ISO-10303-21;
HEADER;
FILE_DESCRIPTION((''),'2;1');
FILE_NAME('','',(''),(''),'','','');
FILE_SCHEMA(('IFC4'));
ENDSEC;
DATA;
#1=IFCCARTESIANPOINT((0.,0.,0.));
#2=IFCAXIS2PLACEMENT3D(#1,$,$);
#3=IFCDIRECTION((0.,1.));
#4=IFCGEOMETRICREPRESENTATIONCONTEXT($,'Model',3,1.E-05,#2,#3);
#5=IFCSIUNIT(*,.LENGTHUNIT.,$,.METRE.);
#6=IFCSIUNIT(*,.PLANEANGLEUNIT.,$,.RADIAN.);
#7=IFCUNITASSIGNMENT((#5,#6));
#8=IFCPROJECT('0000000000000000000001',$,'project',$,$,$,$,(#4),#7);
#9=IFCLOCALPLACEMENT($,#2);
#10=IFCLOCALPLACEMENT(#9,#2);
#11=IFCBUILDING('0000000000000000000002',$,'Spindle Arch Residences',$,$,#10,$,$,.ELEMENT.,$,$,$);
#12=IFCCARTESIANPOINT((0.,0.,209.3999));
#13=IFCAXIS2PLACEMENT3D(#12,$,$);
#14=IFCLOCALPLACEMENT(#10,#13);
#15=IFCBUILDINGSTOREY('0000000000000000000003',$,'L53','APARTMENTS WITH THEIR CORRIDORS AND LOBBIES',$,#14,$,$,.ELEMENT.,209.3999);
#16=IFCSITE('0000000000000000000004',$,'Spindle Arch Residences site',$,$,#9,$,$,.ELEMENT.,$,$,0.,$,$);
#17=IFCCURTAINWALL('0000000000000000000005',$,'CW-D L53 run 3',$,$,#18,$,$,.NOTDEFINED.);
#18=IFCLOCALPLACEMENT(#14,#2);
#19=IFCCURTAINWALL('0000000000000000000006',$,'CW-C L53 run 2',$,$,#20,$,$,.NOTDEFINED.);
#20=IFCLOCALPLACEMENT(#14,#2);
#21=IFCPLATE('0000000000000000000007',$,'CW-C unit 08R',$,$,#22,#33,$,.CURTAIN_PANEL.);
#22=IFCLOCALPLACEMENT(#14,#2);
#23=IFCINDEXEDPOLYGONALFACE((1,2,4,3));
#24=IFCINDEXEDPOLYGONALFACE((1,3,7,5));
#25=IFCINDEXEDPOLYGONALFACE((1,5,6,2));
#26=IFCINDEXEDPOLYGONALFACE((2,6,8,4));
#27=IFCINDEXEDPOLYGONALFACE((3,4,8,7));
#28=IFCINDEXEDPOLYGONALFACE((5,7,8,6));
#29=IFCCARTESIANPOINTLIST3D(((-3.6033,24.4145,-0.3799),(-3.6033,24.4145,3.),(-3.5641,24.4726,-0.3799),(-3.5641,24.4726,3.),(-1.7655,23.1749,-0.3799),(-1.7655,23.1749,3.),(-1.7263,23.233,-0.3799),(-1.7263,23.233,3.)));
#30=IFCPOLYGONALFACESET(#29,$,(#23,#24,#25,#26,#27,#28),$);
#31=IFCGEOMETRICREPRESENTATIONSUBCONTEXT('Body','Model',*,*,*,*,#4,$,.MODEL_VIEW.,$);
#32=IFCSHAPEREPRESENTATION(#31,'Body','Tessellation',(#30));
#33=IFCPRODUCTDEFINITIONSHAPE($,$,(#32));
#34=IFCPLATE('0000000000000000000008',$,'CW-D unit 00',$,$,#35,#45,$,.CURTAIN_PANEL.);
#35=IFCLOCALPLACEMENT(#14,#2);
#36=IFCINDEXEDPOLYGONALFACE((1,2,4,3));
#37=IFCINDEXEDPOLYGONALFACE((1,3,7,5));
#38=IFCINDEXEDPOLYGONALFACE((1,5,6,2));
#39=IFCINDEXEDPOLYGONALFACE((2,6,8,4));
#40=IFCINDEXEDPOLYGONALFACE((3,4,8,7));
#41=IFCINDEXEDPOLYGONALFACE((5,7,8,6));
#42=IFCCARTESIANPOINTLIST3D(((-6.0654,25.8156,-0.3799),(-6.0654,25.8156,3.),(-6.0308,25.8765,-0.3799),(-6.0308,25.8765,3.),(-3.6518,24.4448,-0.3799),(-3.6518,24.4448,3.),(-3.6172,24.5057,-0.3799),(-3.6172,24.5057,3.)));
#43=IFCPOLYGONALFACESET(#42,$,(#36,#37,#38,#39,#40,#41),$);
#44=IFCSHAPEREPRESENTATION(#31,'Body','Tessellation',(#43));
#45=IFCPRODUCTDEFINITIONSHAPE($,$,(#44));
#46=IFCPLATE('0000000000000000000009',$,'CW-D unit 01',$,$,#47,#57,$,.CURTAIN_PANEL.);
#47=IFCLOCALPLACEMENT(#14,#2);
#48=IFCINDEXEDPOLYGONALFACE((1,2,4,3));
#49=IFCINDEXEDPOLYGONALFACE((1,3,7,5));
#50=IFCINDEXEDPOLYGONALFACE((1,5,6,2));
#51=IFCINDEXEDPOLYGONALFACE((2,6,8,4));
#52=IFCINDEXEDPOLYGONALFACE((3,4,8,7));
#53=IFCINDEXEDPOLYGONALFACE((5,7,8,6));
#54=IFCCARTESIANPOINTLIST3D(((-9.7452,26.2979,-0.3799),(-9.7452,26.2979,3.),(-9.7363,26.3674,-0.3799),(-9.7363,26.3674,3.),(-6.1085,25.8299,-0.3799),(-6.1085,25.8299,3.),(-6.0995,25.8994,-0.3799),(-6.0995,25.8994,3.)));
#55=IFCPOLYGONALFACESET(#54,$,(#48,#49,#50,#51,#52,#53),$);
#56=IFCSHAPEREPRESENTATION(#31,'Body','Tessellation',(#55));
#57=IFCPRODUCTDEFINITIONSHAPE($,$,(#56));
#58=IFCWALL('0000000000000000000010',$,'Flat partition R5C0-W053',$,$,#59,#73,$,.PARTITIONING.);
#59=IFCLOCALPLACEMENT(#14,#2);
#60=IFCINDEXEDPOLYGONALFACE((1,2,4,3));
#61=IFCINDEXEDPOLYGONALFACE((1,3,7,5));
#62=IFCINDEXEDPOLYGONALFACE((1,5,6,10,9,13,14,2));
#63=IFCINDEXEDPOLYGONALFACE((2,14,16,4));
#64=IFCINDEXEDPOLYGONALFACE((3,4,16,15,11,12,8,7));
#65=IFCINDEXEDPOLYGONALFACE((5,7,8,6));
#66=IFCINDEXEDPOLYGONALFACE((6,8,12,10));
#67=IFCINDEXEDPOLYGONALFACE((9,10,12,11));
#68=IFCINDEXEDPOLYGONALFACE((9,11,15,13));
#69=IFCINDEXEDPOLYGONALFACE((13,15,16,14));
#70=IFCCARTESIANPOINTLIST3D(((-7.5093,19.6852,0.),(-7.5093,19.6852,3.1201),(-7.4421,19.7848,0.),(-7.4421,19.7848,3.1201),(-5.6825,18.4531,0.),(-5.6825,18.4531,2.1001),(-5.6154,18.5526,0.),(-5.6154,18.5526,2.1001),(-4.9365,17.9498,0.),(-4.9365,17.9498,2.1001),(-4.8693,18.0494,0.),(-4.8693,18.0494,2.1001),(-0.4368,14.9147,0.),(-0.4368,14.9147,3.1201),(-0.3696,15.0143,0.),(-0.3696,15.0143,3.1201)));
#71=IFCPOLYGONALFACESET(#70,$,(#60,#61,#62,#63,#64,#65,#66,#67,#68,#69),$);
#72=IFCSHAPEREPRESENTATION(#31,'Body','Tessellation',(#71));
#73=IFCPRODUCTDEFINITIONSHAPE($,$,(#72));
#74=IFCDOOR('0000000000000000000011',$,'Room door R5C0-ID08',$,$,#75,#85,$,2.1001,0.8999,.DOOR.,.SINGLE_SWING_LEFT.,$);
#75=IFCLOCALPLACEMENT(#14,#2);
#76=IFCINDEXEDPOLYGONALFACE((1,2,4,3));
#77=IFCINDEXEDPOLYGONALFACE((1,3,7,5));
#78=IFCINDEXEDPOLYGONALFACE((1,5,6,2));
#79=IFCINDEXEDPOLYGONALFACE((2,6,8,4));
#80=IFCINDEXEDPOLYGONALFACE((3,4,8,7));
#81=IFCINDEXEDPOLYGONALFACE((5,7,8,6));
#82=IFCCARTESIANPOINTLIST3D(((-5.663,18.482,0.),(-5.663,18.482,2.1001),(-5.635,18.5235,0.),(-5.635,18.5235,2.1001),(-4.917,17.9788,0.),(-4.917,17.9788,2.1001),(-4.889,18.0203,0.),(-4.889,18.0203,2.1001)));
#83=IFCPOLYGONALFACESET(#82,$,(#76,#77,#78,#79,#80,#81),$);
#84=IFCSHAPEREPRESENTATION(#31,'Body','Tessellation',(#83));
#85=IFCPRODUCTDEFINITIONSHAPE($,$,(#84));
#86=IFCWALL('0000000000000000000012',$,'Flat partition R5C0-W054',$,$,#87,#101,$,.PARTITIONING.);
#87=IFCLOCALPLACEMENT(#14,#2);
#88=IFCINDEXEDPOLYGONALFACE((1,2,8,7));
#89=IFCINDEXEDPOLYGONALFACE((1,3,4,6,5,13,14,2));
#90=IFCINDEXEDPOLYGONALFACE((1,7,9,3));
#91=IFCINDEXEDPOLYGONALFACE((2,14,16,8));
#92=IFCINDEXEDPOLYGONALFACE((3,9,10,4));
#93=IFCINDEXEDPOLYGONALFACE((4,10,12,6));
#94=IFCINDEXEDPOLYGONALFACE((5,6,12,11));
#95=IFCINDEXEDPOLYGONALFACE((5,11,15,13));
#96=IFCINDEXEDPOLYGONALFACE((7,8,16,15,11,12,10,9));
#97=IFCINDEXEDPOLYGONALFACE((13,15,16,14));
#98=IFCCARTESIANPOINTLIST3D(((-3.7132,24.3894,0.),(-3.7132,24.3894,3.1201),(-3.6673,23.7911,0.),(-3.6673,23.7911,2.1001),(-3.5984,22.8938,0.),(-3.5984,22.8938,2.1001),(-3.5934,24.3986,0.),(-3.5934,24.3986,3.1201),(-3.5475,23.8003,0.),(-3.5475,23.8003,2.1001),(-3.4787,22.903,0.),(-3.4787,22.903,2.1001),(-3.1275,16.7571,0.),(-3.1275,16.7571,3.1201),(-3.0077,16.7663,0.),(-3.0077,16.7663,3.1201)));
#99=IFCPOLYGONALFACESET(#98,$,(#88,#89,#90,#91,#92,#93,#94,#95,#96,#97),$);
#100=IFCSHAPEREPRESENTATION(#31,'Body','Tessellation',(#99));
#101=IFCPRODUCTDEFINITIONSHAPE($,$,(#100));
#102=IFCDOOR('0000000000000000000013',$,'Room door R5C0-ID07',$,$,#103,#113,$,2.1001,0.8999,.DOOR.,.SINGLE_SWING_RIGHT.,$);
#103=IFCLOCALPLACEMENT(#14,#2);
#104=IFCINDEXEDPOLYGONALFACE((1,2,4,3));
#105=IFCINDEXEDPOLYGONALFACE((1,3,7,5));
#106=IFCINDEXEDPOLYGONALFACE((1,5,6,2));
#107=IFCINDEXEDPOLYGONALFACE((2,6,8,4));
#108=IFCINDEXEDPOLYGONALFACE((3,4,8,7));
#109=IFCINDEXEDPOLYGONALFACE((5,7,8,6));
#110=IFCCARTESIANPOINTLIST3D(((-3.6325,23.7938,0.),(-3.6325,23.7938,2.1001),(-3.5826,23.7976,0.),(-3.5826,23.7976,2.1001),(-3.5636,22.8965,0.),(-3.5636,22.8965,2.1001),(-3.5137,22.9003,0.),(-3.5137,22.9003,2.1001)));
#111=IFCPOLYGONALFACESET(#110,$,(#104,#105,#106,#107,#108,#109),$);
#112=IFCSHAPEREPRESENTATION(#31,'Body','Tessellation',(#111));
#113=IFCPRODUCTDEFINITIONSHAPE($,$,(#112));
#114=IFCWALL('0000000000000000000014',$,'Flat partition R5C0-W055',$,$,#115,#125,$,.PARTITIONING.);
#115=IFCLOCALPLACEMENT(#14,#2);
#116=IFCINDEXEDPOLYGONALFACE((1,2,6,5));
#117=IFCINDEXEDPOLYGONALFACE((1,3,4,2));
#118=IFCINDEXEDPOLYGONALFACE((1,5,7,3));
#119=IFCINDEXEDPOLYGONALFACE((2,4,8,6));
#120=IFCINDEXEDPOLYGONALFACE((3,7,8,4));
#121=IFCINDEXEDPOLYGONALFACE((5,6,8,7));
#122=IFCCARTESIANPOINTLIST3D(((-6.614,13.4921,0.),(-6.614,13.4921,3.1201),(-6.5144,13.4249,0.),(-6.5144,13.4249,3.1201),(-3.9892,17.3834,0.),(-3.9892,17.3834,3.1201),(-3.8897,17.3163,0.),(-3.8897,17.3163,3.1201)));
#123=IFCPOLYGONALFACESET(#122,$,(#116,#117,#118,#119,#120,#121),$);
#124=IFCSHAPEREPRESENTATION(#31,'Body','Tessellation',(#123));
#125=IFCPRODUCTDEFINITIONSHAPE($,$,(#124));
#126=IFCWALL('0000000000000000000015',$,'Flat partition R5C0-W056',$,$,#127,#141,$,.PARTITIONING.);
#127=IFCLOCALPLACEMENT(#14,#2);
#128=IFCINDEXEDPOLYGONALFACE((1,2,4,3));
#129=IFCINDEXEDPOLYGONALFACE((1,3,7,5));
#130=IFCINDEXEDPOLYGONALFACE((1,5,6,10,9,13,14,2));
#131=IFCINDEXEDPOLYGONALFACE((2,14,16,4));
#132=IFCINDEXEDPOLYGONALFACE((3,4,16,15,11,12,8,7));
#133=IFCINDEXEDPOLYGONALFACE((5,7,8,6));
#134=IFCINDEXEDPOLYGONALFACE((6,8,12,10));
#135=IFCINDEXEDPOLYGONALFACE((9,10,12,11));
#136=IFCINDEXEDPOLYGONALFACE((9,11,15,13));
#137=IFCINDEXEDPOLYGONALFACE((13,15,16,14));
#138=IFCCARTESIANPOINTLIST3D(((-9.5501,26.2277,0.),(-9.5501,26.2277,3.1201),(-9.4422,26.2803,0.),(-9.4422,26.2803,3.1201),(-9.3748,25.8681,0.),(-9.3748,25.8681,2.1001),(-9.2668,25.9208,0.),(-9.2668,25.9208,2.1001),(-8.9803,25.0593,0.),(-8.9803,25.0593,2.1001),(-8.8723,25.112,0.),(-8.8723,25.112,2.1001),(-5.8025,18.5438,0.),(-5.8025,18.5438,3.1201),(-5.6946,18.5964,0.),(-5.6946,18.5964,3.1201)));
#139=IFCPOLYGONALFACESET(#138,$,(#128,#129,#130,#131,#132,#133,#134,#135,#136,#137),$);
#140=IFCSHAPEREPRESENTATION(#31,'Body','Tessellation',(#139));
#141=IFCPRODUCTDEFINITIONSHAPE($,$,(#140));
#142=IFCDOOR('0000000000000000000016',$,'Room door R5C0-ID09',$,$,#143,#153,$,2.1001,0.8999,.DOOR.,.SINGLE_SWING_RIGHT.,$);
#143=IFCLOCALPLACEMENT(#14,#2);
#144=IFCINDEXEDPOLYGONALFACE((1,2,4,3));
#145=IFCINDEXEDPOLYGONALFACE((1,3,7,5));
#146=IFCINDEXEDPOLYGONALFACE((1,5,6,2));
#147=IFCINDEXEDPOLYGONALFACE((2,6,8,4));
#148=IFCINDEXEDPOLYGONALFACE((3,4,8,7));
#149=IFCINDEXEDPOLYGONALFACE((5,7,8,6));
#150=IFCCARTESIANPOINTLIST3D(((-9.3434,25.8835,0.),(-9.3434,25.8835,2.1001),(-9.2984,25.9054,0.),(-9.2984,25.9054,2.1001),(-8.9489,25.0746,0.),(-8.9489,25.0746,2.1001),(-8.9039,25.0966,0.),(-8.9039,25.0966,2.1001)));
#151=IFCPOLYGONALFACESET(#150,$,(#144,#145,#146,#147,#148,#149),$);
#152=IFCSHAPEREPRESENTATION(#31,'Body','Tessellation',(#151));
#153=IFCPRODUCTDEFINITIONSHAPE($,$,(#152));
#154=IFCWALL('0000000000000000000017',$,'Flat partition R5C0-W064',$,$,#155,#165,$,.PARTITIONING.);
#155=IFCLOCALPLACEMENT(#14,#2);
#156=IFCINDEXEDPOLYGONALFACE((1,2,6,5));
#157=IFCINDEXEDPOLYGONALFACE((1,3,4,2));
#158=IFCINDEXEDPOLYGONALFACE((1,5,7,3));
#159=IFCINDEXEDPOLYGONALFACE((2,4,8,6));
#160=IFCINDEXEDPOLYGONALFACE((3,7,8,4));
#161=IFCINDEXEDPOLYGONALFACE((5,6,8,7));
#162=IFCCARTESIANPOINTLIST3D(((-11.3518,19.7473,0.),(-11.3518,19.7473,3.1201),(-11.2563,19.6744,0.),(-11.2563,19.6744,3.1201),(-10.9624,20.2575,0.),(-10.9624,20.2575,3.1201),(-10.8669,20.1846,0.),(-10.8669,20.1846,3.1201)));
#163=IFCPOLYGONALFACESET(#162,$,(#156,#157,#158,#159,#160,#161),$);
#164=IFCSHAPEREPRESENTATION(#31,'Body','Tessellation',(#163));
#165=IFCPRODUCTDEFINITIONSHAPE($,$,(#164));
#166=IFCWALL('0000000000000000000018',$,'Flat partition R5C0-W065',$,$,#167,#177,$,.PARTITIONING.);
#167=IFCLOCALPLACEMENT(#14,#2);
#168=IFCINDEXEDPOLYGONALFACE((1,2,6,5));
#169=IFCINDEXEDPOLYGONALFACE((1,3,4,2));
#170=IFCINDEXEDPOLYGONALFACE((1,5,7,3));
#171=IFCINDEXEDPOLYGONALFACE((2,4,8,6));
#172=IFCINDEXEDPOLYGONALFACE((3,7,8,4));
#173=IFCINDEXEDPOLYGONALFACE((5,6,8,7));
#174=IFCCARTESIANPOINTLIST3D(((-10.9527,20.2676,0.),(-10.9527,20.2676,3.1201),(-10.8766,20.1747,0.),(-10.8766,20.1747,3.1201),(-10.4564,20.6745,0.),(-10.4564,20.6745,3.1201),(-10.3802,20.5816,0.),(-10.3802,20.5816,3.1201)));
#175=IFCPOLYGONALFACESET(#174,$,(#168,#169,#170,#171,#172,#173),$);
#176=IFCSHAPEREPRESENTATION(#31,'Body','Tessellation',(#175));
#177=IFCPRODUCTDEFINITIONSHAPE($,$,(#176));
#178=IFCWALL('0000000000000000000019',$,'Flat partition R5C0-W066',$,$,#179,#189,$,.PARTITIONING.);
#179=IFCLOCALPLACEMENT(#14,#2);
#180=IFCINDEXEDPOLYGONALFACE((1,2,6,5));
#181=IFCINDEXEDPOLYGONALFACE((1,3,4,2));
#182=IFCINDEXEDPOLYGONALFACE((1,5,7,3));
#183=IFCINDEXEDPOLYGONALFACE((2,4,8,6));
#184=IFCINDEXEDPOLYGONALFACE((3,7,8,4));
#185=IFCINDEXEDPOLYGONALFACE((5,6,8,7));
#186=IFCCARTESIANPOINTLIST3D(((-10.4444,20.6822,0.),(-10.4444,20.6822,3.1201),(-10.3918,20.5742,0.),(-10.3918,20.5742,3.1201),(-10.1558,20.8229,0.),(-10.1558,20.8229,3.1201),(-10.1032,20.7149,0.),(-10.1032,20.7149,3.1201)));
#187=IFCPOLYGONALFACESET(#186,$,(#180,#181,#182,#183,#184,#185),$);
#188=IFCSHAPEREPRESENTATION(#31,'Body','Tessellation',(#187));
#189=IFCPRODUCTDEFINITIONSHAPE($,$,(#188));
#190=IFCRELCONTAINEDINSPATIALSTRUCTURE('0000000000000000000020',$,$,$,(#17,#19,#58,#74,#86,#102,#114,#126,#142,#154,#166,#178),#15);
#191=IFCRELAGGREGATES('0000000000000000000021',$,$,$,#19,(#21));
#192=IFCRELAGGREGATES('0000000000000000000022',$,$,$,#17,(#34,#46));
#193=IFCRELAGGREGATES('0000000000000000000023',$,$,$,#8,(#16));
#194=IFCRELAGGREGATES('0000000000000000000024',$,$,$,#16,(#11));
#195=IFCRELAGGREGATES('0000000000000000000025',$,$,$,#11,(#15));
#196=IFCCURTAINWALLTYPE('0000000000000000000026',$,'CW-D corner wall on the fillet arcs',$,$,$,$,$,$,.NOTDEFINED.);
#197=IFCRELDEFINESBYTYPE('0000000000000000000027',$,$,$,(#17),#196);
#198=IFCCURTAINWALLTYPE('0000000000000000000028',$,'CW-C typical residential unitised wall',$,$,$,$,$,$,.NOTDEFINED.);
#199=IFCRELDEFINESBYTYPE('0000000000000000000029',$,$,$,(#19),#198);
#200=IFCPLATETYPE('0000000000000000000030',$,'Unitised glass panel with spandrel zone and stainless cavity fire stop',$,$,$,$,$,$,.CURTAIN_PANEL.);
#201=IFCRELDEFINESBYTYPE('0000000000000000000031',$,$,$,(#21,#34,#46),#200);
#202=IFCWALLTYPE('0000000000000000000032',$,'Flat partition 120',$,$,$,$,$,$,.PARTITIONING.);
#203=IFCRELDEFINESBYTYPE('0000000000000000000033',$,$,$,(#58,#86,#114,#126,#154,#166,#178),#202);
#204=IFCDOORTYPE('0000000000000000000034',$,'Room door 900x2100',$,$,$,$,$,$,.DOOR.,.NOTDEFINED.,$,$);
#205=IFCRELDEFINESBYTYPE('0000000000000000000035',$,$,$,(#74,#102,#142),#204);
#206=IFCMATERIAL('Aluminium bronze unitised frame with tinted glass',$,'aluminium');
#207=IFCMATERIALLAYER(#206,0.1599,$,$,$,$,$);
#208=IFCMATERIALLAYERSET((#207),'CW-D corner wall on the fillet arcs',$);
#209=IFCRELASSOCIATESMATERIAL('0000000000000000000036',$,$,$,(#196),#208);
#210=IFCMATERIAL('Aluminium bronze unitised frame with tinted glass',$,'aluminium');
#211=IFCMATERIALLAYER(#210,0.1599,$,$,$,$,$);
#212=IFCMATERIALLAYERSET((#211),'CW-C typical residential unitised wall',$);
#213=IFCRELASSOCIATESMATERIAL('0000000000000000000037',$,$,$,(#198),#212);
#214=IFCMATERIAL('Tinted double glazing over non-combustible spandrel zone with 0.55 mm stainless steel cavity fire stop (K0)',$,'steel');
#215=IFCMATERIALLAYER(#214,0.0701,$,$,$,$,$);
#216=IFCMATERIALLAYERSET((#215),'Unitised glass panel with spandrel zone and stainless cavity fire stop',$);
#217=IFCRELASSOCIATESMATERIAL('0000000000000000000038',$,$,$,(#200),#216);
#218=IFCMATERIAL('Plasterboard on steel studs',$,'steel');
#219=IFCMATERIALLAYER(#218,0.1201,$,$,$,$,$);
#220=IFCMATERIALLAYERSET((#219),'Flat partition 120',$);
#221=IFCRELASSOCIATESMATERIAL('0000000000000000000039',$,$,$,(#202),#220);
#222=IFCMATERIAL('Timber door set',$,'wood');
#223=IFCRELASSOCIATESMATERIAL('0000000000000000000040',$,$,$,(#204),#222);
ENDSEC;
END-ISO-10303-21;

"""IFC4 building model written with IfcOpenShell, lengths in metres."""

from ifc_helpers import new_model, si_unit, direction, frame, frame_2d, origin, origin_2d, place, context, subcontext, project, spatial, rectangle, extrude, material, layer, layer_set, type_object, element, fill, aggregate, save


model = new_model("IFC4")

# Units and contexts
model_context = context("Model", 3, precision=1e-05, world=origin(), true_north=direction((0.0, 1.0)))
body_context = subcontext(model_context, "Body", "Model", "MODEL_VIEW")
ifc_project = project(units=[si_unit("LENGTHUNIT", "METRE"), si_unit("PLANEANGLEUNIT", "RADIAN")], contexts=[model_context])

# Site, building, storey
site_placement = place(None, origin())
site = spatial("IfcSite", under=ifc_project, at=site_placement, Name="Spindle Arch Residences site", CompositionType="ELEMENT", RefElevation=0.0)
building_placement = place(site_placement, origin())
building = spatial("IfcBuilding", under=site, at=building_placement, Name="Spindle Arch Residences", CompositionType="ELEMENT")
storey_placement = place(building_placement, frame((0.0, 0.0, 209.3999)))
storey = spatial("IfcBuildingStorey", under=building, at=storey_placement, Name="L53", Description="APARTMENTS WITH THEIR CORRIDORS AND LOBBIES", CompositionType="ELEMENT", Elevation=209.3999)

# Curtain wall
ifc_material_1 = material(Name="Aluminium bronze unitised frame with tinted glass", Category="aluminium")
ifc_layer_1 = layer(ifc_material_1, 0.1599)
ifc_layer_set_1 = layer_set([ifc_layer_1], Name="CW-D corner wall on the fillet arcs")
curtain_wall_type_1 = type_object("IfcCurtainWallType", Name="CW-D corner wall on the fillet arcs", PredefinedType="NOTDEFINED", material=ifc_layer_set_1)
curtain_wall_1_placement = place(storey_placement, origin())
curtain_wall_1 = element("IfcCurtainWall", 1, at=curtain_wall_1_placement, inside=storey, type_object=curtain_wall_type_1, Name="CW-D L53 run 3", PredefinedType="NOTDEFINED")

# Curtain wall, plate
ifc_material_2 = material(Name="Aluminium bronze unitised frame with tinted glass", Category="aluminium")
ifc_layer_2 = layer(ifc_material_2, 0.1599)
ifc_layer_set_2 = layer_set([ifc_layer_2], Name="CW-C typical residential unitised wall")
curtain_wall_type_2 = type_object("IfcCurtainWallType", Name="CW-C typical residential unitised wall", PredefinedType="NOTDEFINED", material=ifc_layer_set_2)
curtain_wall_2_placement = place(storey_placement, origin())
curtain_wall_2 = element("IfcCurtainWall", 2, at=curtain_wall_2_placement, inside=storey, type_object=curtain_wall_type_2, Name="CW-C L53 run 2", PredefinedType="NOTDEFINED")
ifc_material_3 = material(Name="Tinted double glazing over non-combustible spandrel zone with 0.55 mm stainless steel cavity fire stop (K0)", Category="steel")
ifc_layer_3 = layer(ifc_material_3, 0.0701)
ifc_layer_set_3 = layer_set([ifc_layer_3], Name="Unitised glass panel with spandrel zone and stainless cavity fire stop")
plate_type = type_object("IfcPlateType", Name="Unitised glass panel with spandrel zone and stainless cavity fire stop", PredefinedType="CURTAIN_PANEL", material=ifc_layer_set_3)
plate_1_placement = place(storey_placement, frame((-2.6648, 23.8237, -0.3799), z_axis=(0.0, 0.0, 1.0), x_axis=(-0.829038, 0.559193, 0.0)))
plate_1 = element("IfcPlate", 3, at=plate_1_placement, type_object=plate_type, Name="CW-C unit 08R", PredefinedType="CURTAIN_PANEL", context=body_context, shape_type="SweptSolid", body=[
    extrude(rectangle(XDim=2.2168, YDim=0.0701, at=origin_2d()), origin(), (0.0, 0.0, 1.0), 3.3799),
])
aggregate(curtain_wall_2, [plate_1])

# Plates
plate_2_placement = place(storey_placement, frame((-4.8413, 25.1606, -0.3799), z_axis=(0.0, 0.0, 1.0), x_axis=(-0.869539, 0.493865, 0.0)))
plate_2 = element("IfcPlate", 4, at=plate_2_placement, type_object=plate_type, Name="CW-D unit 00", PredefinedType="CURTAIN_PANEL", context=body_context, shape_type="SweptSolid", body=[
    extrude(rectangle(XDim=2.7756, YDim=0.0701, at=origin_2d()), origin(), (0.0, 0.0, 1.0), 3.3799),
])
plate_3_placement = place(storey_placement, frame((-7.9224, 26.0986, -0.3799), z_axis=(0.0, 0.0, 1.0), x_axis=(-0.99182, 0.127642, 0.0)))
plate_3 = element("IfcPlate", 5, at=plate_3_placement, type_object=plate_type, Name="CW-D unit 01", PredefinedType="CURTAIN_PANEL", context=body_context, shape_type="SweptSolid", body=[
    extrude(rectangle(XDim=3.6667, YDim=0.0701, at=origin_2d()), origin(), (0.0, 0.0, 1.0), 3.3799),
])
aggregate(curtain_wall_1, [plate_2, plate_3])

# Walls, openings, doors
ifc_material_4 = material(Name="Plasterboard on steel studs", Category="steel")
ifc_layer_4 = layer(ifc_material_4, 0.1201)
ifc_layer_set_4 = layer_set([ifc_layer_4], Name="Flat partition 120")
wall_type = type_object("IfcWallType", Name="Flat partition 120", PredefinedType="PARTITIONING", material=ifc_layer_set_4)
wall_1_placement = place(storey_placement, frame((-7.4758, 19.7351, 0.0), z_axis=(0.0, 0.0, 1.0), x_axis=(0.829035, -0.559196, 0.0)))
wall_1 = element("IfcWall", 6, at=wall_1_placement, inside=storey, type_object=wall_type, Name="Flat partition R5C0-W053", PredefinedType="PARTITIONING", context=body_context, shape_type="SweptSolid", body=[
    extrude(rectangle(XDim=8.531, YDim=0.1201, at=frame_2d((4.2656, 0.0))), origin(), (0.0, 0.0, 1.0), 3.1201),
])
opening_1_placement = place(wall_1_placement, frame((2.2036, 0.0, 0.0)))
opening_1 = element("IfcOpeningElement", 7, at=opening_1_placement, cuts=wall_1, PredefinedType="OPENING", context=body_context, shape_type="SweptSolid", body=[
    extrude(rectangle(XDim=0.8999, YDim=2.1001, at=frame_2d((0.45, 1.05))), frame((0.0, 0.0701, 0.0), z_axis=(0.0, -1.0, 0.0), x_axis=(1.0, 0.0, 0.0)), (0.0, 0.0, 1.0), 0.1401),
])
ifc_material_5 = material(Name="Timber door set", Category="wood")
door_type = type_object("IfcDoorType", Name="Room door 900x2100", OperationType="NOTDEFINED", PredefinedType="DOOR", material=ifc_material_5)
door_1_placement = place(opening_1_placement, origin())
door_1 = element("IfcDoor", 8, at=door_1_placement, inside=storey, type_object=door_type, Name="Room door R5C0-ID08", OperationType="SINGLE_SWING_LEFT", OverallHeight=2.1001, OverallWidth=0.8999, PredefinedType="DOOR", context=body_context, shape_type="SweptSolid", body=[
    extrude(rectangle(XDim=0.8999, YDim=2.1001, at=frame_2d((0.45, 1.05))), frame((0.0, 0.0249, 0.0), z_axis=(0.0, -1.0, 0.0), x_axis=(1.0, 0.0, 0.0)), (0.0, 0.0, 1.0), 0.05),
])
fill(opening_1, door_1)
wall_2_placement = place(storey_placement, frame((-3.6533, 24.394, 0.0), z_axis=(0.0, 0.0, 1.0), x_axis=(0.076514, -0.997069, 0.0)))
wall_2 = element("IfcWall", 9, at=wall_2_placement, inside=storey, type_object=wall_type, Name="Flat partition R5C0-W054", PredefinedType="PARTITIONING", context=body_context, shape_type="SweptSolid", body=[
    extrude(rectangle(XDim=7.6548, YDim=0.1201, at=frame_2d((3.8274, 0.0))), origin(), (0.0, 0.0, 1.0), 3.1201),
])
opening_2_placement = place(wall_2_placement, frame((0.6001, 0.0, 0.0)))
opening_2 = element("IfcOpeningElement", 10, at=opening_2_placement, cuts=wall_2, PredefinedType="OPENING", context=body_context, shape_type="SweptSolid", body=[
    extrude(rectangle(XDim=0.8999, YDim=2.1001, at=frame_2d((0.45, 1.05))), frame((0.0, 0.0701, 0.0), z_axis=(0.0, -1.0, 0.0), x_axis=(1.0, 0.0, 0.0)), (0.0, 0.0, 1.0), 0.1401),
])
door_2_placement = place(opening_2_placement, origin())
door_2 = element("IfcDoor", 11, at=door_2_placement, inside=storey, type_object=door_type, Name="Room door R5C0-ID07", OperationType="SINGLE_SWING_RIGHT", OverallHeight=2.1001, OverallWidth=0.8999, PredefinedType="DOOR", context=body_context, shape_type="SweptSolid", body=[
    extrude(rectangle(XDim=0.8999, YDim=2.1001, at=frame_2d((0.45, 1.05))), frame((0.0, 0.0249, 0.0), z_axis=(0.0, -1.0, 0.0), x_axis=(1.0, 0.0, 0.0)), (0.0, 0.0, 1.0), 0.05),
])
fill(opening_2, door_2)

# Wall
wall_3_placement = place(storey_placement, frame((-3.9395, 17.3499, 0.0), z_axis=(0.0, 0.0, 1.0), x_axis=(-0.559193, -0.829037, 0.0)))
element("IfcWall", 12, at=wall_3_placement, inside=storey, type_object=wall_type, Name="Flat partition R5C0-W055", PredefinedType="PARTITIONING", context=body_context, shape_type="SweptSolid", body=[
    extrude(rectangle(XDim=4.6938, YDim=0.1201, at=frame_2d((2.3469, 0.0))), origin(), (0.0, 0.0, 1.0), 3.1201),
])

# Wall, opening, door
wall_4_placement = place(storey_placement, frame((-9.4961, 26.2539, 0.0), z_axis=(0.0, 0.0, 1.0), x_axis=(0.438362, -0.898799, 0.0)))
wall_4 = element("IfcWall", 13, at=wall_4_placement, inside=storey, type_object=wall_type, Name="Flat partition R5C0-W056", PredefinedType="PARTITIONING", context=body_context, shape_type="SweptSolid", body=[
    extrude(rectangle(XDim=8.5491, YDim=0.1201, at=frame_2d((4.2744, 0.0))), origin(), (0.0, 0.0, 1.0), 3.1201),
])
opening_3_placement = place(wall_4_placement, frame((0.3999, 0.0, 0.0)))
opening_3 = element("IfcOpeningElement", 14, at=opening_3_placement, cuts=wall_4, PredefinedType="OPENING", context=body_context, shape_type="SweptSolid", body=[
    extrude(rectangle(XDim=0.8999, YDim=2.1001, at=frame_2d((0.45, 1.05))), frame((0.0, 0.0701, 0.0), z_axis=(0.0, -1.0, 0.0), x_axis=(1.0, 0.0, 0.0)), (0.0, 0.0, 1.0), 0.1401),
])
door_3_placement = place(opening_3_placement, origin())
door_3 = element("IfcDoor", 15, at=door_3_placement, inside=storey, type_object=door_type, Name="Room door R5C0-ID09", OperationType="SINGLE_SWING_RIGHT", OverallHeight=2.1001, OverallWidth=0.8999, PredefinedType="DOOR", context=body_context, shape_type="SweptSolid", body=[
    extrude(rectangle(XDim=0.8999, YDim=2.1001, at=frame_2d((0.45, 1.05))), frame((0.0, 0.0249, 0.0), z_axis=(0.0, -1.0, 0.0), x_axis=(1.0, 0.0, 0.0)), (0.0, 0.0, 1.0), 0.05),
])
fill(opening_3, door_3)

# Walls
for number, where, z_axis, x_axis, name in (
    (16, (-11.304, 19.7109, 0.0), (0.0, 0.0, 1.0), (0.606673, 0.794951, 0.0), "Flat partition R5C0-W064"),
    (17, (-10.9146, 20.2212, 0.0), (0.0, 0.0, 1.0), (0.773279, 0.634066, 0.0), "Flat partition R5C0-W065"),
):
    element("IfcWall", number, at=place(storey_placement, frame(where, z_axis=z_axis, x_axis=x_axis)), inside=storey, type_object=wall_type, Name=name, PredefinedType="PARTITIONING", context=body_context, shape_type="SweptSolid", body=[
        extrude(rectangle(XDim=0.6418, YDim=0.1201, at=frame_2d((0.3208, 0.0))), origin(), (0.0, 0.0, 1.0), 3.1201),
    ])
wall_5_placement = place(storey_placement, frame((-10.4182, 20.6282, 0.0), z_axis=(0.0, 0.0, 1.0), x_axis=(0.898944, 0.438064, 0.0)))
element("IfcWall", 18, at=wall_5_placement, inside=storey, type_object=wall_type, Name="Flat partition R5C0-W066", PredefinedType="PARTITIONING", context=body_context, shape_type="SweptSolid", body=[
    extrude(rectangle(XDim=0.321, YDim=0.1201, at=frame_2d((0.1606, 0.0))), origin(), (0.0, 0.0, 1.0), 3.1201),
])

save(model, "model.ifc")
